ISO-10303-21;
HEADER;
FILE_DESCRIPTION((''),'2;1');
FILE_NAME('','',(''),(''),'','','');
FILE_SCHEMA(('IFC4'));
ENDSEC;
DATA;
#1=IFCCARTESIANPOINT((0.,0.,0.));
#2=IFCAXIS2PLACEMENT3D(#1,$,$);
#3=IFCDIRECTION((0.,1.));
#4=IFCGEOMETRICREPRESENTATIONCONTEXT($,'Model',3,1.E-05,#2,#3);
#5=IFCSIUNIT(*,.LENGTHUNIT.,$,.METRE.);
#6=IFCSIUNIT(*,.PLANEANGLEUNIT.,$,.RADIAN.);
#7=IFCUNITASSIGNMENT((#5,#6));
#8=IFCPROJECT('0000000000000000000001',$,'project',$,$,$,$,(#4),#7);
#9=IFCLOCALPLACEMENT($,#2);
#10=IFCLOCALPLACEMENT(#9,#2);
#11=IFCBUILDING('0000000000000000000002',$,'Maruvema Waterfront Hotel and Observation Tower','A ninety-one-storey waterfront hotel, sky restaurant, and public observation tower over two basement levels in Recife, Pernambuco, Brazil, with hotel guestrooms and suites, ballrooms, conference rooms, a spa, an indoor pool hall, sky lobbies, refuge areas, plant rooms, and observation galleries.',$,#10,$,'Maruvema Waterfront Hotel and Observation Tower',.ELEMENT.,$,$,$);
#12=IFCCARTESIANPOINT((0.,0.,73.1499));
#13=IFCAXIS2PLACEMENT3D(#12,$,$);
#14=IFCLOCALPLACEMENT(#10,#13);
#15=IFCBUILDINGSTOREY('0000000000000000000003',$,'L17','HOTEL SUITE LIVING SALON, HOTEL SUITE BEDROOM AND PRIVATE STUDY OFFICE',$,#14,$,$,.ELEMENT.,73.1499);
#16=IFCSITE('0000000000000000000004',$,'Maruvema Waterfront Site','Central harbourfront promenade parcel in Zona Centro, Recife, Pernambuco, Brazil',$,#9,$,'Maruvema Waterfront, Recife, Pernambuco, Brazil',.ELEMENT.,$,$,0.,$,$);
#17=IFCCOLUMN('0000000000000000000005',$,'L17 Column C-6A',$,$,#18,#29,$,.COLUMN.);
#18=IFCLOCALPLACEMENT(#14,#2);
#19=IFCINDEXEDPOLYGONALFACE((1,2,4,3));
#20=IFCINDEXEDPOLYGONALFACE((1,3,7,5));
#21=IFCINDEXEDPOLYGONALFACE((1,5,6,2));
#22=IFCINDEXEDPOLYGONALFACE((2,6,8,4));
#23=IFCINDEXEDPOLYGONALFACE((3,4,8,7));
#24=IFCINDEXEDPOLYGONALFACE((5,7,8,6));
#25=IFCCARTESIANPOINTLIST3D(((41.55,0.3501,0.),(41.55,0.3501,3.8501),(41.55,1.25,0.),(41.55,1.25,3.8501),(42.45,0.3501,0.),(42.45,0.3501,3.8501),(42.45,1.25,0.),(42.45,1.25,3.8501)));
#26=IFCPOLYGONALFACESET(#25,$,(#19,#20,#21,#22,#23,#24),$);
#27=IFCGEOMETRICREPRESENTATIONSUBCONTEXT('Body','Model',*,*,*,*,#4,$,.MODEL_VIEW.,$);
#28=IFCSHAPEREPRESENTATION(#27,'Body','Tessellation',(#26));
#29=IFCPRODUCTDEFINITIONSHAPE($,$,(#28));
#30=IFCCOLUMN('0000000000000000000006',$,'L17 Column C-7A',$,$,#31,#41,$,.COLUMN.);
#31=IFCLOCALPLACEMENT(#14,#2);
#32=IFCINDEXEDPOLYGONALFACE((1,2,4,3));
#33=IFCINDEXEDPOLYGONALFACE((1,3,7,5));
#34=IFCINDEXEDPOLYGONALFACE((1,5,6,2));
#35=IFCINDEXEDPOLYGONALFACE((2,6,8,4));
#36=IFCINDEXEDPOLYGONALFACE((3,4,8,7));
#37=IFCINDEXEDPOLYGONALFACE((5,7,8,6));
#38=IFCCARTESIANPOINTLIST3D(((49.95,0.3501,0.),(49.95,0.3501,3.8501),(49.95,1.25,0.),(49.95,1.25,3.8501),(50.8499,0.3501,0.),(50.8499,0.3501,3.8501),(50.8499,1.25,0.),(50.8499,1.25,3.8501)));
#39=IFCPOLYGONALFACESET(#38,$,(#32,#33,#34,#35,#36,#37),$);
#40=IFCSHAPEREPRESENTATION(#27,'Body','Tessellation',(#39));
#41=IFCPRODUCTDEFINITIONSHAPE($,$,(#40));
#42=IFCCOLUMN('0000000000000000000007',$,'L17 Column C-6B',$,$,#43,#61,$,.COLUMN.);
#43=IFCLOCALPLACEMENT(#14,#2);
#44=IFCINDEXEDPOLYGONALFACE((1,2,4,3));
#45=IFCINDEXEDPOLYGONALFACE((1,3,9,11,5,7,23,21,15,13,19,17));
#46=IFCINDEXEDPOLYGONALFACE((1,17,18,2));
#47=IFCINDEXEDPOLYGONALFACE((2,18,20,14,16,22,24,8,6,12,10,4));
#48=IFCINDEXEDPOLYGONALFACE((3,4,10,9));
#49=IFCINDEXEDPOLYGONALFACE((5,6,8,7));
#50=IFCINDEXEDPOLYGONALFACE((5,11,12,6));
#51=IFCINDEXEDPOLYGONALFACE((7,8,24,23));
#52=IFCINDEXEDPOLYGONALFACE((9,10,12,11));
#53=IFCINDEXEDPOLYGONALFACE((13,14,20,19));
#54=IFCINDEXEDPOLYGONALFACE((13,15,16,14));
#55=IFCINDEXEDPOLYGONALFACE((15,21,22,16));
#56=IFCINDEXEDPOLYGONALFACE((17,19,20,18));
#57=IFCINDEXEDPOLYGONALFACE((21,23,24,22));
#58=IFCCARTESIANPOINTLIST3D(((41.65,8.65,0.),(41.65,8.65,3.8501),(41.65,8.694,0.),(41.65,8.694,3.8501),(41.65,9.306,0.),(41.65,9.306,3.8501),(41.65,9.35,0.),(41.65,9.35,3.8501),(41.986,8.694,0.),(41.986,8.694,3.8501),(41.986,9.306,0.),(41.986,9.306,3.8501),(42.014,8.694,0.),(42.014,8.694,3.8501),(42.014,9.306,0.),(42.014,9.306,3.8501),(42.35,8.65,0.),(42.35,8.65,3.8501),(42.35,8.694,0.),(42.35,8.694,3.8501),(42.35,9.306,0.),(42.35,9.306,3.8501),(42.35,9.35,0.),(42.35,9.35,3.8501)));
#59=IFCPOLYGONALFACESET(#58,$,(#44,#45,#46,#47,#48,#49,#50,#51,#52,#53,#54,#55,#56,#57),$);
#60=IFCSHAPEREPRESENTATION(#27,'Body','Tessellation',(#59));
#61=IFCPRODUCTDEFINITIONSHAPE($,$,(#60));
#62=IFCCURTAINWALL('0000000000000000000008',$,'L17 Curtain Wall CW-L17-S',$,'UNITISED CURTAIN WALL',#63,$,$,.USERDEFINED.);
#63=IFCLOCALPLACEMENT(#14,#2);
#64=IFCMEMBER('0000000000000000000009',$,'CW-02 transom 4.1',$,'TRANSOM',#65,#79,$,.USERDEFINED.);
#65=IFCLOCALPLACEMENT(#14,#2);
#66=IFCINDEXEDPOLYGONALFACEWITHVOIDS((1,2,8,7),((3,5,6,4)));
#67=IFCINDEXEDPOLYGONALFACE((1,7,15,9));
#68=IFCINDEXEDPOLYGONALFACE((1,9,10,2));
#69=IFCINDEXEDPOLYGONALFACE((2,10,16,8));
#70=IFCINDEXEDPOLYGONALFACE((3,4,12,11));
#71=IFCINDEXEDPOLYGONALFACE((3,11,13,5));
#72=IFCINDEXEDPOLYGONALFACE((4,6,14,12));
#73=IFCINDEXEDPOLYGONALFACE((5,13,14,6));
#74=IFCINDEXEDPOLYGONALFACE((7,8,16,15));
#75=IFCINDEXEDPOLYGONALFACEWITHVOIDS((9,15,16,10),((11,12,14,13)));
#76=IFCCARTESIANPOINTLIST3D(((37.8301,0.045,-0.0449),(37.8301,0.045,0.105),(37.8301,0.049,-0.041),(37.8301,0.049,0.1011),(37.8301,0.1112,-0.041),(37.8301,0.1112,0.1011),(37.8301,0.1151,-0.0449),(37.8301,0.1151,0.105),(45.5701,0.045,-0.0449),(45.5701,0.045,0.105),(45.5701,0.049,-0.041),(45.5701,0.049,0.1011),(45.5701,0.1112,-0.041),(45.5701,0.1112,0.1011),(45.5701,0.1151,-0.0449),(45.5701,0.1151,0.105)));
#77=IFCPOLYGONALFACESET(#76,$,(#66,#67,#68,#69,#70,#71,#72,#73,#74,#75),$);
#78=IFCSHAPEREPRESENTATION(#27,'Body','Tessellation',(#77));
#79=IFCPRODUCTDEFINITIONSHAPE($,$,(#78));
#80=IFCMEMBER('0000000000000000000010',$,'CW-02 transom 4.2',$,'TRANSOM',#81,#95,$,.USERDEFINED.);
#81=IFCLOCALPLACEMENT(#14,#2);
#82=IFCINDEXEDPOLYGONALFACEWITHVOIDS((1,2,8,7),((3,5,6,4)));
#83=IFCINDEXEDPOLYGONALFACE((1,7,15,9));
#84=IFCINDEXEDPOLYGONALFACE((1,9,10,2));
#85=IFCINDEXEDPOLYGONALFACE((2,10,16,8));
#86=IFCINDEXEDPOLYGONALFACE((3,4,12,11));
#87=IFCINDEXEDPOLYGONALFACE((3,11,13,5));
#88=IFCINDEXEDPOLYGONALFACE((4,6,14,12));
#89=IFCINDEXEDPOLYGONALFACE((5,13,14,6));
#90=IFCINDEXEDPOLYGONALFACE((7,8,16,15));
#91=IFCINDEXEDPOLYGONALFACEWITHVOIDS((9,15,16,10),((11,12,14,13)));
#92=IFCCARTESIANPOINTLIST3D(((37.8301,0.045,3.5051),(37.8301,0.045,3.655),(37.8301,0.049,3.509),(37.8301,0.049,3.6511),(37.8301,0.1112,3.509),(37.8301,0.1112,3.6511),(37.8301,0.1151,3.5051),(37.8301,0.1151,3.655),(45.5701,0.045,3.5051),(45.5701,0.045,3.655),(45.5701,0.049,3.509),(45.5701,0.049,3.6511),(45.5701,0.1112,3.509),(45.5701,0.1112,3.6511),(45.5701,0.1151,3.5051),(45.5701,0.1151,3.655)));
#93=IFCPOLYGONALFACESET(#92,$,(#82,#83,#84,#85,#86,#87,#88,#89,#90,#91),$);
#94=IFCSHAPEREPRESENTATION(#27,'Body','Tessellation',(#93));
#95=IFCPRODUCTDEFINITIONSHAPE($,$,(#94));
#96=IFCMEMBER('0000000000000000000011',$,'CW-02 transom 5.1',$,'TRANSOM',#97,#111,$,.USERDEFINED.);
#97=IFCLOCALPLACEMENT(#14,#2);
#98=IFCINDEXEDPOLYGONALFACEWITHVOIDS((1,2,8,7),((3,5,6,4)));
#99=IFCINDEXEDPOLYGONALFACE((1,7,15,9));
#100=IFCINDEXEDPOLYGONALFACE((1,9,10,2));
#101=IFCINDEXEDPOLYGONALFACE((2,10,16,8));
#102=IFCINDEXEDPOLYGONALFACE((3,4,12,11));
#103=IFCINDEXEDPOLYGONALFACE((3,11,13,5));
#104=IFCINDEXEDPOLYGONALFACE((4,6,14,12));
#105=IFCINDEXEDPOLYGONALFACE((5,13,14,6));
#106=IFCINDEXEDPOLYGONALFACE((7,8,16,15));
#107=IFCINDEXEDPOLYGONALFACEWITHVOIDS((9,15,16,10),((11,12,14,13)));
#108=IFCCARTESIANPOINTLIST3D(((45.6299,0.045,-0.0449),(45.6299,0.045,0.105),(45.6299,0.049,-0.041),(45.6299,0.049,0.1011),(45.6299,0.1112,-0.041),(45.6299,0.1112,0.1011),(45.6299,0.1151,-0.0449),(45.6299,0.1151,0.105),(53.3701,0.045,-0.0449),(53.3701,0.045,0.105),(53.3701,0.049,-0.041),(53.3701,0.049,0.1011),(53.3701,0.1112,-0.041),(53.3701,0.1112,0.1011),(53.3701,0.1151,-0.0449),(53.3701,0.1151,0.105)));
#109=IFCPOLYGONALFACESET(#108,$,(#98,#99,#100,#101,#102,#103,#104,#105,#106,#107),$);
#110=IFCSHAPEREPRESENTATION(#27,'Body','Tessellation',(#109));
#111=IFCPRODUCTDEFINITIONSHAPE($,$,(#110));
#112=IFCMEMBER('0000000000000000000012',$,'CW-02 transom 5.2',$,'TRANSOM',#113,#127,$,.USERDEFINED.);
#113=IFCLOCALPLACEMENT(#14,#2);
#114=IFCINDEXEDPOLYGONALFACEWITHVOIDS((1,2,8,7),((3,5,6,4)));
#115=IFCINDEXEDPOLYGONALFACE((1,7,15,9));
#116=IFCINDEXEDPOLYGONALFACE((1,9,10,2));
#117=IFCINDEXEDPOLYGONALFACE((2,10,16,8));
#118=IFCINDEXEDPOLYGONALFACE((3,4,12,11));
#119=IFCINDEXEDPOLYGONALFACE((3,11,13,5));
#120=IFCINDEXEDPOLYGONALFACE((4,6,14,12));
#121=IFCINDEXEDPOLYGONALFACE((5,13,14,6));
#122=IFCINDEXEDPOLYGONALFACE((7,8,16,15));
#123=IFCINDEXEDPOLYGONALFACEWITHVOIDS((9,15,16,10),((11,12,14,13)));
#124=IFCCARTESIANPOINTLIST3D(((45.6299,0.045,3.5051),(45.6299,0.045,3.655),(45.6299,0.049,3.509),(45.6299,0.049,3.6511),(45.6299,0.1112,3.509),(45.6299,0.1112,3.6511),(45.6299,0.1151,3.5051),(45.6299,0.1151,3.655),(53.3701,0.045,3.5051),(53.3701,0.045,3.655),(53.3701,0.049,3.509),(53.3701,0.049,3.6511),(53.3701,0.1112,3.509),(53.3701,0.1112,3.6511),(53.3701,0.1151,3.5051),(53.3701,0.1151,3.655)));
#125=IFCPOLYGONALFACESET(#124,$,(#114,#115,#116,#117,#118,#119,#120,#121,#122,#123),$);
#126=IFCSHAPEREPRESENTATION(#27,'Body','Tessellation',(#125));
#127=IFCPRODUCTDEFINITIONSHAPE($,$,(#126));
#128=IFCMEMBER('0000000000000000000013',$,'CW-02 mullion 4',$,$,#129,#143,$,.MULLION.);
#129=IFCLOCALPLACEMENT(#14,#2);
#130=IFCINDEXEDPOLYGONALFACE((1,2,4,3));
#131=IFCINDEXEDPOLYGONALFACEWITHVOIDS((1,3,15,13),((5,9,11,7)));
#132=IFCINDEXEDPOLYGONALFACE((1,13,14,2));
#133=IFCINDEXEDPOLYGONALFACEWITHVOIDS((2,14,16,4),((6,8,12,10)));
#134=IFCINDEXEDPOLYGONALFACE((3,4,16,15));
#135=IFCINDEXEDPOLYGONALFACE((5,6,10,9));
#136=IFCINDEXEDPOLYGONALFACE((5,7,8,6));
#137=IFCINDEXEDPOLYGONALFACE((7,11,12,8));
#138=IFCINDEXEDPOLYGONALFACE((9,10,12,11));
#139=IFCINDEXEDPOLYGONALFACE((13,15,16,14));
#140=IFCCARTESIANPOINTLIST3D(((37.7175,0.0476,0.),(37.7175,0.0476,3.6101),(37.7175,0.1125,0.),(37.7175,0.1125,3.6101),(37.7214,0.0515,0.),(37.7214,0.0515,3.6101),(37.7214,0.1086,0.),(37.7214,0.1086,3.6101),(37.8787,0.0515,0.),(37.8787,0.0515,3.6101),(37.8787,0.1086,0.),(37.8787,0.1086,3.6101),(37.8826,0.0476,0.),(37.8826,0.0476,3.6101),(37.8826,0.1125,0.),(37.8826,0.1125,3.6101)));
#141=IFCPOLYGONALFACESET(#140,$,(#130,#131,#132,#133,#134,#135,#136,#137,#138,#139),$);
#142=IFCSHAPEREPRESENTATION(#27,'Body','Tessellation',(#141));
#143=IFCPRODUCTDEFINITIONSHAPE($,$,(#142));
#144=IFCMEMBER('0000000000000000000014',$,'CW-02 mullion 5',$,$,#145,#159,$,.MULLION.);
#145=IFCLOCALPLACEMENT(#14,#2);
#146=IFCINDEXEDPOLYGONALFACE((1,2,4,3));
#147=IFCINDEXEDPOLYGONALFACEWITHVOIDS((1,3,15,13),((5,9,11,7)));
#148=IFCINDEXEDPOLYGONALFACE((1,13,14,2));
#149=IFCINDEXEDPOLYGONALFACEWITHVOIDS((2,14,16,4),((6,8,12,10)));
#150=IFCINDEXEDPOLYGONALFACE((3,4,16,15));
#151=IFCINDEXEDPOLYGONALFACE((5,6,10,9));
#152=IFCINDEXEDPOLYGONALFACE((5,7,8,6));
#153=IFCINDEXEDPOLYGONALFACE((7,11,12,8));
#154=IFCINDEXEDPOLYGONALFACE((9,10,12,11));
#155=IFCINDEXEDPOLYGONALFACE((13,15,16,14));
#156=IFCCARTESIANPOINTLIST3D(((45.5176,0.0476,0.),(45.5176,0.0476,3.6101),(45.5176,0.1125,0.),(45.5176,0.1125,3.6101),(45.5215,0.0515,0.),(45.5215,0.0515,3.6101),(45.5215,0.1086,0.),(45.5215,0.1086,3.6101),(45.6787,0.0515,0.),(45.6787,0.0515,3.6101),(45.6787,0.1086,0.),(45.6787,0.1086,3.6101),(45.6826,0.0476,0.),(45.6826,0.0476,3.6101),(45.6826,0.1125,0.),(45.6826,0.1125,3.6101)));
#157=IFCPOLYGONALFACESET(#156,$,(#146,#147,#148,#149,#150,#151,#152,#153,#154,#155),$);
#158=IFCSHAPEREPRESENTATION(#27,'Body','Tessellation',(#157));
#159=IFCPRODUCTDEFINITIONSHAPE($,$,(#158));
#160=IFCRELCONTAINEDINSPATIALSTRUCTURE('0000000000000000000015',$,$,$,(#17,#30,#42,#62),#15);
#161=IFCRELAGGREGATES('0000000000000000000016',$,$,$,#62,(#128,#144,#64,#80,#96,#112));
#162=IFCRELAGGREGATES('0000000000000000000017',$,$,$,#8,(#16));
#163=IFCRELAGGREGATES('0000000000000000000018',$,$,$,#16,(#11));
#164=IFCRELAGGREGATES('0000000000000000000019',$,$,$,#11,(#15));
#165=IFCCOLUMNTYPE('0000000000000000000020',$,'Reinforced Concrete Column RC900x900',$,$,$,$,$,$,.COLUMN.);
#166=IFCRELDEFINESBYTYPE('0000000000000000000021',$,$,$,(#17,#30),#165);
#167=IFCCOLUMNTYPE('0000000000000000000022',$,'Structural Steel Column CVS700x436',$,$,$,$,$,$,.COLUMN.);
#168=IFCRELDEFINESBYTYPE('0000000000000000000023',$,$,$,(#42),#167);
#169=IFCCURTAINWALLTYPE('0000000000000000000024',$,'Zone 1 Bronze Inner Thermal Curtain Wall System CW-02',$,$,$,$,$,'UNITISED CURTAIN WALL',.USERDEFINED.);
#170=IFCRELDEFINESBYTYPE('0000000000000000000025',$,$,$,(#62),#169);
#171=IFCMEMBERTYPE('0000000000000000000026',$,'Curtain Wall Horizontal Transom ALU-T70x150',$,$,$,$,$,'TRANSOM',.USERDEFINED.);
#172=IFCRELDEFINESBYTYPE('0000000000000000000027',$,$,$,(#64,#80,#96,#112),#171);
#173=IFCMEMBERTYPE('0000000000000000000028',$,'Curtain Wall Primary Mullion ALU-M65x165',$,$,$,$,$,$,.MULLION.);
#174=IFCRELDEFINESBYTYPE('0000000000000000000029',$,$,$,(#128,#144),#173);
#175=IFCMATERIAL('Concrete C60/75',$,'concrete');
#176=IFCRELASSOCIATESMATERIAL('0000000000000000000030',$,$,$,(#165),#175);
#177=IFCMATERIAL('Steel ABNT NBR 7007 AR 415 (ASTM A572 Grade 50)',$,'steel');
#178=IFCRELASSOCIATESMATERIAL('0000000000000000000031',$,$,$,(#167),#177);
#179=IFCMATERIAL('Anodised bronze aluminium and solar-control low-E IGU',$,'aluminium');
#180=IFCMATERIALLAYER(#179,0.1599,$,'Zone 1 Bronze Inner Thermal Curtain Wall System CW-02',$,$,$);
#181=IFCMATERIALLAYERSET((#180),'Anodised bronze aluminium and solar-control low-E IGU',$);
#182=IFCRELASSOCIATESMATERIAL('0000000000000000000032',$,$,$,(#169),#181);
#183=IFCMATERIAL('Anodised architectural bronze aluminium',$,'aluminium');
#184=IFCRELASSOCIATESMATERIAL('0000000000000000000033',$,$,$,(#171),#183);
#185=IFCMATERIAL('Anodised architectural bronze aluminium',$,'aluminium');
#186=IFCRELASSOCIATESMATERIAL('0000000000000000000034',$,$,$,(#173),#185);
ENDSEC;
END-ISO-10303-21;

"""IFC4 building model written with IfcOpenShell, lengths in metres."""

from ifc_helpers import new_model, si_unit, direction, frame, origin, origin_2d, place, context, subcontext, project, spatial, rectangle, hollow_rectangle, i_section, extrude, material, layer, layer_set, material_profile, profile_set, type_object, element, aggregate, save


model = new_model("IFC4")

# Units and contexts
model_context = context("Model", 3, precision=1e-05, world=origin(), true_north=direction((0.0, 1.0)))
body_context = subcontext(model_context, "Body", "Model", "MODEL_VIEW")
ifc_project = project(units=[si_unit("LENGTHUNIT", "METRE"), si_unit("PLANEANGLEUNIT", "RADIAN")], contexts=[model_context])

# Site, building, storey
site_placement = place(None, origin())
site = spatial("IfcSite", under=ifc_project, at=site_placement, Name="Maruvema Waterfront Site", Description="Central harbourfront promenade parcel in Zona Centro, Recife, Pernambuco, Brazil", LongName="Maruvema Waterfront, Recife, Pernambuco, Brazil", CompositionType="ELEMENT", RefElevation=0.0)
building_placement = place(site_placement, origin())
building = spatial("IfcBuilding", under=site, at=building_placement, Name="Maruvema Waterfront Hotel and Observation Tower", Description="A ninety-one-storey waterfront hotel, sky restaurant, and public observation tower over two basement levels in Recife, Pernambuco, Brazil, with hotel guestrooms and suites, ballrooms, conference rooms, a spa, an indoor pool hall, sky lobbies, refuge areas, plant rooms, and observation galleries.", LongName="Maruvema Waterfront Hotel and Observation Tower", CompositionType="ELEMENT")
storey_placement = place(building_placement, frame((0.0, 0.0, 73.1499)))
storey = spatial("IfcBuildingStorey", under=building, at=storey_placement, Name="L17", Description="HOTEL SUITE LIVING SALON, HOTEL SUITE BEDROOM AND PRIVATE STUDY OFFICE", CompositionType="ELEMENT", Elevation=73.1499)

# Columns
ifc_material_1 = material(Name="Concrete C60/75", Category="concrete")
ifc_material_profile_1 = material_profile(ifc_material_1, rectangle(XDim=0.8999, YDim=0.8999, at=origin_2d()), Name="RC900x900")
ifc_profile_set_1 = profile_set([ifc_material_profile_1], Name="Concrete C60/75")
column_type_1 = type_object("IfcColumnType", Name="Reinforced Concrete Column RC900x900", PredefinedType="COLUMN", material=ifc_profile_set_1)
for number, where, z_axis, x_axis, name in (
    (1, (42.0, 0.8, 0.0), (0.0, 0.0, 1.0), (1.0, 0.0, 0.0), "L17 Column C-6A"),
    (2, (50.3999, 0.8, 0.0), (0.0, 0.0, 1.0), (1.0, 0.0, 0.0), "L17 Column C-7A"),
):
    element("IfcColumn", number, at=place(storey_placement, frame(where, z_axis=z_axis, x_axis=x_axis)), inside=storey, type_object=column_type_1, Name=name, PredefinedType="COLUMN", context=body_context, shape_type="SweptSolid", body=[
        extrude(rectangle(XDim=0.8999, YDim=0.8999, at=origin_2d()), origin(), (0.0, 0.0, 1.0), 3.8501),
    ])
ifc_material_2 = material(Name="Steel ABNT NBR 7007 AR 415 (ASTM A572 Grade 50)", Category="steel")
ifc_material_profile_2 = material_profile(ifc_material_2, i_section(OverallWidth=0.7, OverallDepth=0.7, WebThickness=0.0281, FlangeThickness=0.0439, at=origin_2d()), Name="CVS700x436")
ifc_profile_set_2 = profile_set([ifc_material_profile_2], Name="Steel ABNT NBR 7007 AR 415 (ASTM A572 Grade 50)")
column_type_2 = type_object("IfcColumnType", Name="Structural Steel Column CVS700x436", PredefinedType="COLUMN", material=ifc_profile_set_2)
column_placement = place(storey_placement, frame((42.0, 9.0, 0.0), z_axis=(0.0, 0.0, 1.0), x_axis=(1.0, 0.0, 0.0)))
element("IfcColumn", 3, at=column_placement, inside=storey, type_object=column_type_2, Name="L17 Column C-6B", PredefinedType="COLUMN", context=body_context, shape_type="SweptSolid", body=[
    extrude(i_section(OverallWidth=0.7, OverallDepth=0.7, WebThickness=0.0281, FlangeThickness=0.0439, at=origin_2d()), origin(), (0.0, 0.0, 1.0), 3.8501),
])

# Curtain wall, members
ifc_material_3 = material(Name="Anodised bronze aluminium and solar-control low-E IGU", Category="aluminium")
ifc_layer_1 = layer(ifc_material_3, 0.1599, Name="Zone 1 Bronze Inner Thermal Curtain Wall System CW-02")
ifc_layer_set_1 = layer_set([ifc_layer_1], Name="Anodised bronze aluminium and solar-control low-E IGU")
curtain_wall_type = type_object("IfcCurtainWallType", Name="Zone 1 Bronze Inner Thermal Curtain Wall System CW-02", ElementType="UNITISED CURTAIN WALL", PredefinedType="USERDEFINED", material=ifc_layer_set_1)
curtain_wall_placement = place(storey_placement, origin())
curtain_wall = element("IfcCurtainWall", 4, at=curtain_wall_placement, inside=storey, type_object=curtain_wall_type, Name="L17 Curtain Wall CW-L17-S", ObjectType="UNITISED CURTAIN WALL", PredefinedType="USERDEFINED")
ifc_material_4 = material(Name="Anodised architectural bronze aluminium", Category="aluminium")
ifc_material_profile_3 = material_profile(ifc_material_4, hollow_rectangle(XDim=0.0701, YDim=0.1499, WallThickness=0.0039, at=origin_2d()), Name="ALU-T70x150")
ifc_profile_set_3 = profile_set([ifc_material_profile_3], Name="Anodised architectural bronze aluminium")
member_type_1 = type_object("IfcMemberType", Name="Curtain Wall Horizontal Transom ALU-T70x150", ElementType="TRANSOM", PredefinedType="USERDEFINED", material=ifc_profile_set_3)
member_1_placement = place(storey_placement, frame((37.8301, 0.0801, 0.03), z_axis=(1.0, 0.0, 0.0), x_axis=(0.0, 1.0, 0.0)))
member_1 = element("IfcMember", 5, at=member_1_placement, type_object=member_type_1, Name="CW-02 transom 4.1", ObjectType="TRANSOM", PredefinedType="USERDEFINED", context=body_context, shape_type="SweptSolid", body=[
    extrude(hollow_rectangle(XDim=0.0701, YDim=0.1499, WallThickness=0.0039, at=origin_2d()), origin(), (0.0, 0.0, 1.0), 7.74),
])
member_2_placement = place(storey_placement, frame((37.8301, 0.0801, 3.5801), z_axis=(1.0, 0.0, 0.0), x_axis=(0.0, 1.0, 0.0)))
member_2 = element("IfcMember", 6, at=member_2_placement, type_object=member_type_1, Name="CW-02 transom 4.2", ObjectType="TRANSOM", PredefinedType="USERDEFINED", context=body_context, shape_type="SweptSolid", body=[
    extrude(hollow_rectangle(XDim=0.0701, YDim=0.1499, WallThickness=0.0039, at=origin_2d()), origin(), (0.0, 0.0, 1.0), 7.74),
])
member_3_placement = place(storey_placement, frame((45.6299, 0.0801, 0.03), z_axis=(1.0, 0.0, 0.0), x_axis=(0.0, 1.0, 0.0)))
member_3 = element("IfcMember", 7, at=member_3_placement, type_object=member_type_1, Name="CW-02 transom 5.1", ObjectType="TRANSOM", PredefinedType="USERDEFINED", context=body_context, shape_type="SweptSolid", body=[
    extrude(hollow_rectangle(XDim=0.0701, YDim=0.1499, WallThickness=0.0039, at=origin_2d()), origin(), (0.0, 0.0, 1.0), 7.7402),
])
member_4_placement = place(storey_placement, frame((45.6299, 0.0801, 3.5801), z_axis=(1.0, 0.0, 0.0), x_axis=(0.0, 1.0, 0.0)))
member_4 = element("IfcMember", 8, at=member_4_placement, type_object=member_type_1, Name="CW-02 transom 5.2", ObjectType="TRANSOM", PredefinedType="USERDEFINED", context=body_context, shape_type="SweptSolid", body=[
    extrude(hollow_rectangle(XDim=0.0701, YDim=0.1499, WallThickness=0.0039, at=origin_2d()), origin(), (0.0, 0.0, 1.0), 7.7402),
])
ifc_material_5 = material(Name="Anodised architectural bronze aluminium", Category="aluminium")
ifc_material_profile_4 = material_profile(ifc_material_5, hollow_rectangle(XDim=0.0649, YDim=0.165, WallThickness=0.0039, at=origin_2d()), Name="ALU-M65x165")
ifc_profile_set_4 = profile_set([ifc_material_profile_4], Name="Anodised architectural bronze aluminium")
member_type_2 = type_object("IfcMemberType", Name="Curtain Wall Primary Mullion ALU-M65x165", PredefinedType="MULLION", material=ifc_profile_set_4)
member_5_placement = place(storey_placement, frame((37.8, 0.0801, 0.0), z_axis=(0.0, 0.0, 1.0), x_axis=(0.0, 1.0, 0.0)))
member_5 = element("IfcMember", 9, at=member_5_placement, type_object=member_type_2, Name="CW-02 mullion 4", PredefinedType="MULLION", context=body_context, shape_type="SweptSolid", body=[
    extrude(hollow_rectangle(XDim=0.0649, YDim=0.165, WallThickness=0.0039, at=origin_2d()), origin(), (0.0, 0.0, 1.0), 3.6101),
])
member_6_placement = place(storey_placement, frame((45.6001, 0.0801, 0.0), z_axis=(0.0, 0.0, 1.0), x_axis=(0.0, 1.0, 0.0)))
member_6 = element("IfcMember", 10, at=member_6_placement, type_object=member_type_2, Name="CW-02 mullion 5", PredefinedType="MULLION", context=body_context, shape_type="SweptSolid", body=[
    extrude(hollow_rectangle(XDim=0.0649, YDim=0.165, WallThickness=0.0039, at=origin_2d()), origin(), (0.0, 0.0, 1.0), 3.6101),
])

aggregate(curtain_wall, [member_5, member_6, member_1, member_2, member_3, member_4])

save(model, "model.ifc")
